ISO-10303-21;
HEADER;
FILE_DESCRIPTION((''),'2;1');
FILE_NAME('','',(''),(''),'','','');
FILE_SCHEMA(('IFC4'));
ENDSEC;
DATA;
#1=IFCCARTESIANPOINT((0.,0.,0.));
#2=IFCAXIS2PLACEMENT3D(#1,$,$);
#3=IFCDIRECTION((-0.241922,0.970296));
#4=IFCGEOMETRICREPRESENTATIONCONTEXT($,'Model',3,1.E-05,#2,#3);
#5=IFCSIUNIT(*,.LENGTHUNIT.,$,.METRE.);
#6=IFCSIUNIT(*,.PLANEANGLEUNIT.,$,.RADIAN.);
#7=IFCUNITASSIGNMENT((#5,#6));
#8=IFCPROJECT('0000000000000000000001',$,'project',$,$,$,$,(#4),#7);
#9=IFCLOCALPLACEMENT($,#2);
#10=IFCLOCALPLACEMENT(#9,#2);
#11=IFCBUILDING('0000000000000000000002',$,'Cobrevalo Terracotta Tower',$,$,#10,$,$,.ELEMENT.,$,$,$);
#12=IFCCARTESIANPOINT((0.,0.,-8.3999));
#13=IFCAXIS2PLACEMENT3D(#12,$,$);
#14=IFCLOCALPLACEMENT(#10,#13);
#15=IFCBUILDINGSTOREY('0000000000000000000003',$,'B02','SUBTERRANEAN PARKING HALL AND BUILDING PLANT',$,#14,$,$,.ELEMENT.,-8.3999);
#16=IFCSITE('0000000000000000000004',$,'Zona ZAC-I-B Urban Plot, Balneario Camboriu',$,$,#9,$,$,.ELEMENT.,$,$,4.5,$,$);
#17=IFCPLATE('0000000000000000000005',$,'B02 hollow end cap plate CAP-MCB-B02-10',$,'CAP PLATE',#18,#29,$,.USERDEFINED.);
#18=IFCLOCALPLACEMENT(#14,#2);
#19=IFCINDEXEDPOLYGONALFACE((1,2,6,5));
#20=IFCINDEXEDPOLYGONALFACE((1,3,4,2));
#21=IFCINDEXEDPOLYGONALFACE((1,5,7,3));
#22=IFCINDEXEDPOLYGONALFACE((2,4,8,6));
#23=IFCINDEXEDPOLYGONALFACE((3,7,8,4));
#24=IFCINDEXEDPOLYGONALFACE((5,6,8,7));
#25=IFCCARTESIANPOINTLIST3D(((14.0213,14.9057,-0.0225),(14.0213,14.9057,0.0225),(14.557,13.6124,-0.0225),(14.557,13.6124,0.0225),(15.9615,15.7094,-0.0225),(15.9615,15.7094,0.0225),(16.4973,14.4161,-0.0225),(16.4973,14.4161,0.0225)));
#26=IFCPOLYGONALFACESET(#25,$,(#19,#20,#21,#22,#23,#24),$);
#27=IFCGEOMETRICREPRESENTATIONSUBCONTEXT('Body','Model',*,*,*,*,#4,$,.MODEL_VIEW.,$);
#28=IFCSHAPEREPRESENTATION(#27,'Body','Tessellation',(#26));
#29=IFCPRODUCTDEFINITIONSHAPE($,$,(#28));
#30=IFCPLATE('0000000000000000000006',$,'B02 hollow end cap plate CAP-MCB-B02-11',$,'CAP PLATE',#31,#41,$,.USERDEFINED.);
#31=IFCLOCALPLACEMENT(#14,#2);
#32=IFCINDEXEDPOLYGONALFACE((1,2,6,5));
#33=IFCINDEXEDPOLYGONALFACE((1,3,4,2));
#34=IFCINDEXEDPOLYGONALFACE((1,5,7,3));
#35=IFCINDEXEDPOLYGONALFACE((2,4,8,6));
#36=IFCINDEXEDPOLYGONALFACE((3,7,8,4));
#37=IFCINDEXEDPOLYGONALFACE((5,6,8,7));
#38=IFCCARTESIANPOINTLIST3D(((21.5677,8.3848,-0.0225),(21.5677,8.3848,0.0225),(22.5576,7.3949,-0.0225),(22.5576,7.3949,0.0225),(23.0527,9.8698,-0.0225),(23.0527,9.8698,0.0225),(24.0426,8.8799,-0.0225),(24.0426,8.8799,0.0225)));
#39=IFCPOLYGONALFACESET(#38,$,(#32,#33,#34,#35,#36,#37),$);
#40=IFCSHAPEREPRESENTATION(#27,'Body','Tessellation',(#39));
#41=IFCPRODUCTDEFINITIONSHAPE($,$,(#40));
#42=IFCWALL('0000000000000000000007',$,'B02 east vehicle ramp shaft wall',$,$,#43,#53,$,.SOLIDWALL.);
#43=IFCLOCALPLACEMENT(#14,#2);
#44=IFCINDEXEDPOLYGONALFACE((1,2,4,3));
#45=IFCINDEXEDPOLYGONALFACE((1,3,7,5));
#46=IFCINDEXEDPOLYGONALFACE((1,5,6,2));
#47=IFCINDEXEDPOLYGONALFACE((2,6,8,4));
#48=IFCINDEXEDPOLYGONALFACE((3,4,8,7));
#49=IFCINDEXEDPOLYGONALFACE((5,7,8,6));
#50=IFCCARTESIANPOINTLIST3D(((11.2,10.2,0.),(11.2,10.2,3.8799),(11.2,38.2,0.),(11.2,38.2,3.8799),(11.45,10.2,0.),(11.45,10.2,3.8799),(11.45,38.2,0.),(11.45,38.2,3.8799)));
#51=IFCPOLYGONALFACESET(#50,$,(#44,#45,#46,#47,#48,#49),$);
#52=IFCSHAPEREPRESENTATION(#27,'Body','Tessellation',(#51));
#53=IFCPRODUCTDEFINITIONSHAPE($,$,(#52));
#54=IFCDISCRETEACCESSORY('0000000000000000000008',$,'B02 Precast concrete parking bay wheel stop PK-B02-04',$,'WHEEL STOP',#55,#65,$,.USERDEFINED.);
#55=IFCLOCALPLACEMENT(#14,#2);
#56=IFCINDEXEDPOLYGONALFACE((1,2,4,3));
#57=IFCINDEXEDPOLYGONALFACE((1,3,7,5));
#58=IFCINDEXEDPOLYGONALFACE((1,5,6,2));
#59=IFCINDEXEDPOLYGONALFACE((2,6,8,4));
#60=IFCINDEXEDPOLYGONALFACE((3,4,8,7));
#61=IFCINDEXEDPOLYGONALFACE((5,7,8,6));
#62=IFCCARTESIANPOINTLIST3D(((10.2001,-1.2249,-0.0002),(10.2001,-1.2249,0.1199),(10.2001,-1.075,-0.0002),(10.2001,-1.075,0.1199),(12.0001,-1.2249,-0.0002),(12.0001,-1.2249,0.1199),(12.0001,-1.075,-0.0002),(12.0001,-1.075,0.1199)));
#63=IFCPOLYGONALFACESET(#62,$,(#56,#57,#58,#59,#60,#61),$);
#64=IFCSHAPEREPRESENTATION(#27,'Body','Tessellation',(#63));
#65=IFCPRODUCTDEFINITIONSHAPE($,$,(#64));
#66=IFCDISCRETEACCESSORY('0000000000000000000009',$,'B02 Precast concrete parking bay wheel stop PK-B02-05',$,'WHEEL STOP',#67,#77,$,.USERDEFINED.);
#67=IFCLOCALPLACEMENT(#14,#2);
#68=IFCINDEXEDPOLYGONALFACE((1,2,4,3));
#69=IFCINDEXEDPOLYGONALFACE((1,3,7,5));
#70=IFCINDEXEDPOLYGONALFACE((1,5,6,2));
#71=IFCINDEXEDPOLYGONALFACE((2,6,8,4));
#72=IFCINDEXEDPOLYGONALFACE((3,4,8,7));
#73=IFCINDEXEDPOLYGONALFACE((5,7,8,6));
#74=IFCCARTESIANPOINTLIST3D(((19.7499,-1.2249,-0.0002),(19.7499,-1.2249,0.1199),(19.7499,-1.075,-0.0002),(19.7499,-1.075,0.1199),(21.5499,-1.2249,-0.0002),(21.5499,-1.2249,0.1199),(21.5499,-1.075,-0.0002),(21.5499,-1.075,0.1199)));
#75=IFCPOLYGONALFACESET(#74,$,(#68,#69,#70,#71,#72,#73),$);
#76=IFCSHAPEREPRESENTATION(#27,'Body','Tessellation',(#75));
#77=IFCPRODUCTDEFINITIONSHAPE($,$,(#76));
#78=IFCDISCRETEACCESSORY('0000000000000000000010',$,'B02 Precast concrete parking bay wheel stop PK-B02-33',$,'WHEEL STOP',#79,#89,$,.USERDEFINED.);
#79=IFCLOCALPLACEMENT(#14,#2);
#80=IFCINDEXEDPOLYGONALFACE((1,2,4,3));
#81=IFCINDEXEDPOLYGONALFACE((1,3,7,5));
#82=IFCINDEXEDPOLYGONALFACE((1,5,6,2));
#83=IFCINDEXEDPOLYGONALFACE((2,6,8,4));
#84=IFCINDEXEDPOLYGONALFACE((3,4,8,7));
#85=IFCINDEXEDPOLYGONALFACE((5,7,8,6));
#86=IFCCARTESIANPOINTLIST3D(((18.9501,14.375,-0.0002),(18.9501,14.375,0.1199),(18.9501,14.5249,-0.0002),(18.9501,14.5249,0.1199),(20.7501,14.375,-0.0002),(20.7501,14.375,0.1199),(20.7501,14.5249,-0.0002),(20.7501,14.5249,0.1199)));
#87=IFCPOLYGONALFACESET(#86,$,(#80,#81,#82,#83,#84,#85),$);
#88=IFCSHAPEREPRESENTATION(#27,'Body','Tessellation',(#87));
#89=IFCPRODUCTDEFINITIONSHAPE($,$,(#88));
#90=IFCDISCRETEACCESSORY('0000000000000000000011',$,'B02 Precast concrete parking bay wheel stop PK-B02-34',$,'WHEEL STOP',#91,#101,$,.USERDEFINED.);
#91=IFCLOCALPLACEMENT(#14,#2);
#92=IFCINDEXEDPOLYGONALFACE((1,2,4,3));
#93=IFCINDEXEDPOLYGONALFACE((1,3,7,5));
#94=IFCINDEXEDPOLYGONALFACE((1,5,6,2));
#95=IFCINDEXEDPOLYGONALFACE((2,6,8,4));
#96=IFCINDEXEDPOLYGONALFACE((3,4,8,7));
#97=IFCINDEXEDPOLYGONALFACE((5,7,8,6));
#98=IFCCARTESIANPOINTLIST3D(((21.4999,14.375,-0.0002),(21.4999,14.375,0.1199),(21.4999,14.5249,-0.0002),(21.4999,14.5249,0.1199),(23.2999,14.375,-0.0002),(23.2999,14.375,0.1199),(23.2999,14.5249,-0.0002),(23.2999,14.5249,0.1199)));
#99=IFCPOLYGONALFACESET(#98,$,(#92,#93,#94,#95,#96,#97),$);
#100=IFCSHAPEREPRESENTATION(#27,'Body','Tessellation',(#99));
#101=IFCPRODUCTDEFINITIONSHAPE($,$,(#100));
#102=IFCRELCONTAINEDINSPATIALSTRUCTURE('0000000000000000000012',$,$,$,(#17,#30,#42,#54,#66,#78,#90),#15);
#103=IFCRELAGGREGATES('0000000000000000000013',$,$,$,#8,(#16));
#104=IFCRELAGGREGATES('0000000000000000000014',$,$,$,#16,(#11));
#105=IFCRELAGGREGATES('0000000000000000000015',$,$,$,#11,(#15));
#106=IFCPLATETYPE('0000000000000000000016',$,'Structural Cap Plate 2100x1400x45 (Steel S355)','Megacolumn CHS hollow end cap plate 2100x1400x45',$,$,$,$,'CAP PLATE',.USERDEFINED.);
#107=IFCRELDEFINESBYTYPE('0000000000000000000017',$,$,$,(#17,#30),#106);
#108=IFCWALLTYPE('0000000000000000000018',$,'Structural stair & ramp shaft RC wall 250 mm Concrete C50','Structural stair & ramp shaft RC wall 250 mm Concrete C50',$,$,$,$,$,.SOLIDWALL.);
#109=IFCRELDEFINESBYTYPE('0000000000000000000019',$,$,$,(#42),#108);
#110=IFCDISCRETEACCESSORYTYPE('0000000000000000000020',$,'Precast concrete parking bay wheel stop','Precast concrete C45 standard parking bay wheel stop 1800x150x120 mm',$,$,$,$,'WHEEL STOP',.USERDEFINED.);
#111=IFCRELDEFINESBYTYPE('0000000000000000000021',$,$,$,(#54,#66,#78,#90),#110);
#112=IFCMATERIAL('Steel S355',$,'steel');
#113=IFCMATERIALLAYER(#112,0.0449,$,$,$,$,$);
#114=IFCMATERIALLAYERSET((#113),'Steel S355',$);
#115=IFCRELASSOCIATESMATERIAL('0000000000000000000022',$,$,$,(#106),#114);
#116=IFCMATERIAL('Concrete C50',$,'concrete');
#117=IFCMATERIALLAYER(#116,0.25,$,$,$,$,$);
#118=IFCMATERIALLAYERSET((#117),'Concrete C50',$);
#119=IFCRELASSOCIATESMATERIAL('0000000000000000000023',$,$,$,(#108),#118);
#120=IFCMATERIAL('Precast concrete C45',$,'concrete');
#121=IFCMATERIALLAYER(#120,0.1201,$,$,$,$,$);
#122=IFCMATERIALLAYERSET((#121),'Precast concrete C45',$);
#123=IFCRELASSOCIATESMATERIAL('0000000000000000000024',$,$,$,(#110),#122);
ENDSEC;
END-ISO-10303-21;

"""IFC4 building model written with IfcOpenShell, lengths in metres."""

from ifc_helpers import new_model, si_unit, direction, frame, frame_2d, origin, origin_2d, place, context, subcontext, project, spatial, rectangle, extrude, source, transform, mapped, material, layer, layer_set, type_object, element, save


model = new_model("IFC4")

# Units and contexts
model_context = context("Model", 3, precision=1e-05, world=origin(), true_north=direction((-0.241922, 0.970296)))
body_context = subcontext(model_context, "Body", "Model", "MODEL_VIEW")
ifc_project = project(units=[si_unit("LENGTHUNIT", "METRE"), si_unit("PLANEANGLEUNIT", "RADIAN")], contexts=[model_context])

# Site, building, storey
site_placement = place(None, origin())
site = spatial("IfcSite", under=ifc_project, at=site_placement, Name="Zona ZAC-I-B Urban Plot, Balneario Camboriu", CompositionType="ELEMENT", RefElevation=4.5)
building_placement = place(site_placement, origin())
building = spatial("IfcBuilding", under=site, at=building_placement, Name="Cobrevalo Terracotta Tower", CompositionType="ELEMENT")
storey_placement = place(building_placement, frame((0.0, 0.0, -8.3999)))
storey = spatial("IfcBuildingStorey", under=building, at=storey_placement, Name="B02", Description="SUBTERRANEAN PARKING HALL AND BUILDING PLANT", CompositionType="ELEMENT", Elevation=-8.3999)

# Shared definitions
ifc_material_1 = material(Name="Concrete C50", Category="concrete")

# Shared definitions
ifc_material_2 = material(Name="Steel S355", Category="steel")

# Plates
ifc_layer_1 = layer(ifc_material_2, 0.0449)
ifc_layer_set_1 = layer_set([ifc_layer_1], Name="Steel S355")
plate_type = type_object("IfcPlateType", Name="Structural Cap Plate 2100x1400x45 (Steel S355)", Description="Megacolumn CHS hollow end cap plate 2100x1400x45", ElementType="CAP PLATE", PredefinedType="USERDEFINED", material=ifc_layer_set_1)
shared_shape_1 = source(origin(), body_context, "Body", "SweptSolid", [
    extrude(rectangle(XDim=2.1001, YDim=1.3999, at=origin_2d()), origin(), (0.0, 0.0, 1.0), 0.0449),
])
for number, where, z_axis, x_axis, name in (
    (1, (15.2593, 14.6609, -0.0225), (0.0, 0.0, 1.0), (-0.92388, -0.382683, 0.0), "B02 hollow end cap plate CAP-MCB-B02-10"),
    (2, (22.8052, 8.6323, -0.0225), (0.0, 0.0, 1.0), (-0.707107, -0.707107, 0.0), "B02 hollow end cap plate CAP-MCB-B02-11"),
):
    element("IfcPlate", number, at=place(storey_placement, frame(where, z_axis=z_axis, x_axis=x_axis)), inside=storey, type_object=plate_type, Name=name, ObjectType="CAP PLATE", PredefinedType="USERDEFINED", context=body_context, shape_type="MappedRepresentation", body=[
        mapped(shared_shape_1, transform((0.0, 0.0, 0.0), scale=1.0)),
    ])

# Wall
ifc_layer_2 = layer(ifc_material_1, 0.25)
ifc_layer_set_2 = layer_set([ifc_layer_2], Name="Concrete C50")
wall_type = type_object("IfcWallType", Name="Structural stair & ramp shaft RC wall 250 mm Concrete C50", Description="Structural stair & ramp shaft RC wall 250 mm Concrete C50", PredefinedType="SOLIDWALL", material=ifc_layer_set_2)
wall_placement = place(storey_placement, frame((11.325, 10.2, 0.0), z_axis=(0.0, 0.0, 1.0), x_axis=(0.0, 1.0, 0.0)))
element("IfcWall", 3, at=wall_placement, inside=storey, type_object=wall_type, Name="B02 east vehicle ramp shaft wall", PredefinedType="SOLIDWALL", context=body_context, shape_type="SweptSolid", body=[
    extrude(rectangle(XDim=28.0, YDim=0.25, at=frame_2d((14.0, 0.0))), origin(), (0.0, 0.0, 1.0), 3.8799),
])

# Discrete accessories
ifc_material_3 = material(Name="Precast concrete C45", Category="concrete")
ifc_layer_3 = layer(ifc_material_3, 0.1201)
ifc_layer_set_3 = layer_set([ifc_layer_3], Name="Precast concrete C45")
discrete_accessory_type = type_object("IfcDiscreteAccessoryType", Name="Precast concrete parking bay wheel stop", Description="Precast concrete C45 standard parking bay wheel stop 1800x150x120 mm", ElementType="WHEEL STOP", PredefinedType="USERDEFINED", material=ifc_layer_set_3)
shared_shape_2 = source(origin(), body_context, "Body", "SweptSolid", [
    extrude(rectangle(XDim=1.8, YDim=0.1499, at=origin_2d()), origin(), (0.0, 0.0, 1.0), 0.1201),
])
for number, where, z_axis, x_axis, name in (
    (4, (11.1001, -1.1499, -0.0002), (0.0, 0.0, 1.0), (1.0, 0.0, 0.0), "B02 Precast concrete parking bay wheel stop PK-B02-04"),
    (5, (20.6499, -1.1499, -0.0002), (0.0, 0.0, 1.0), (1.0, 0.0, 0.0), "B02 Precast concrete parking bay wheel stop PK-B02-05"),
    (6, (19.8501, 14.45, -0.0002), (0.0, 0.0, 1.0), (1.0, 0.0, 0.0), "B02 Precast concrete parking bay wheel stop PK-B02-33"),
    (7, (22.3999, 14.45, -0.0002), (0.0, 0.0, 1.0), (1.0, 0.0, 0.0), "B02 Precast concrete parking bay wheel stop PK-B02-34"),
):
    element("IfcDiscreteAccessory", number, at=place(storey_placement, frame(where, z_axis=z_axis, x_axis=x_axis)), inside=storey, type_object=discrete_accessory_type, Name=name, ObjectType="WHEEL STOP", PredefinedType="USERDEFINED", context=body_context, shape_type="MappedRepresentation", body=[
        mapped(shared_shape_2, transform((0.0, 0.0, 0.0), scale=1.0)),
    ])

save(model, "model.ifc")
